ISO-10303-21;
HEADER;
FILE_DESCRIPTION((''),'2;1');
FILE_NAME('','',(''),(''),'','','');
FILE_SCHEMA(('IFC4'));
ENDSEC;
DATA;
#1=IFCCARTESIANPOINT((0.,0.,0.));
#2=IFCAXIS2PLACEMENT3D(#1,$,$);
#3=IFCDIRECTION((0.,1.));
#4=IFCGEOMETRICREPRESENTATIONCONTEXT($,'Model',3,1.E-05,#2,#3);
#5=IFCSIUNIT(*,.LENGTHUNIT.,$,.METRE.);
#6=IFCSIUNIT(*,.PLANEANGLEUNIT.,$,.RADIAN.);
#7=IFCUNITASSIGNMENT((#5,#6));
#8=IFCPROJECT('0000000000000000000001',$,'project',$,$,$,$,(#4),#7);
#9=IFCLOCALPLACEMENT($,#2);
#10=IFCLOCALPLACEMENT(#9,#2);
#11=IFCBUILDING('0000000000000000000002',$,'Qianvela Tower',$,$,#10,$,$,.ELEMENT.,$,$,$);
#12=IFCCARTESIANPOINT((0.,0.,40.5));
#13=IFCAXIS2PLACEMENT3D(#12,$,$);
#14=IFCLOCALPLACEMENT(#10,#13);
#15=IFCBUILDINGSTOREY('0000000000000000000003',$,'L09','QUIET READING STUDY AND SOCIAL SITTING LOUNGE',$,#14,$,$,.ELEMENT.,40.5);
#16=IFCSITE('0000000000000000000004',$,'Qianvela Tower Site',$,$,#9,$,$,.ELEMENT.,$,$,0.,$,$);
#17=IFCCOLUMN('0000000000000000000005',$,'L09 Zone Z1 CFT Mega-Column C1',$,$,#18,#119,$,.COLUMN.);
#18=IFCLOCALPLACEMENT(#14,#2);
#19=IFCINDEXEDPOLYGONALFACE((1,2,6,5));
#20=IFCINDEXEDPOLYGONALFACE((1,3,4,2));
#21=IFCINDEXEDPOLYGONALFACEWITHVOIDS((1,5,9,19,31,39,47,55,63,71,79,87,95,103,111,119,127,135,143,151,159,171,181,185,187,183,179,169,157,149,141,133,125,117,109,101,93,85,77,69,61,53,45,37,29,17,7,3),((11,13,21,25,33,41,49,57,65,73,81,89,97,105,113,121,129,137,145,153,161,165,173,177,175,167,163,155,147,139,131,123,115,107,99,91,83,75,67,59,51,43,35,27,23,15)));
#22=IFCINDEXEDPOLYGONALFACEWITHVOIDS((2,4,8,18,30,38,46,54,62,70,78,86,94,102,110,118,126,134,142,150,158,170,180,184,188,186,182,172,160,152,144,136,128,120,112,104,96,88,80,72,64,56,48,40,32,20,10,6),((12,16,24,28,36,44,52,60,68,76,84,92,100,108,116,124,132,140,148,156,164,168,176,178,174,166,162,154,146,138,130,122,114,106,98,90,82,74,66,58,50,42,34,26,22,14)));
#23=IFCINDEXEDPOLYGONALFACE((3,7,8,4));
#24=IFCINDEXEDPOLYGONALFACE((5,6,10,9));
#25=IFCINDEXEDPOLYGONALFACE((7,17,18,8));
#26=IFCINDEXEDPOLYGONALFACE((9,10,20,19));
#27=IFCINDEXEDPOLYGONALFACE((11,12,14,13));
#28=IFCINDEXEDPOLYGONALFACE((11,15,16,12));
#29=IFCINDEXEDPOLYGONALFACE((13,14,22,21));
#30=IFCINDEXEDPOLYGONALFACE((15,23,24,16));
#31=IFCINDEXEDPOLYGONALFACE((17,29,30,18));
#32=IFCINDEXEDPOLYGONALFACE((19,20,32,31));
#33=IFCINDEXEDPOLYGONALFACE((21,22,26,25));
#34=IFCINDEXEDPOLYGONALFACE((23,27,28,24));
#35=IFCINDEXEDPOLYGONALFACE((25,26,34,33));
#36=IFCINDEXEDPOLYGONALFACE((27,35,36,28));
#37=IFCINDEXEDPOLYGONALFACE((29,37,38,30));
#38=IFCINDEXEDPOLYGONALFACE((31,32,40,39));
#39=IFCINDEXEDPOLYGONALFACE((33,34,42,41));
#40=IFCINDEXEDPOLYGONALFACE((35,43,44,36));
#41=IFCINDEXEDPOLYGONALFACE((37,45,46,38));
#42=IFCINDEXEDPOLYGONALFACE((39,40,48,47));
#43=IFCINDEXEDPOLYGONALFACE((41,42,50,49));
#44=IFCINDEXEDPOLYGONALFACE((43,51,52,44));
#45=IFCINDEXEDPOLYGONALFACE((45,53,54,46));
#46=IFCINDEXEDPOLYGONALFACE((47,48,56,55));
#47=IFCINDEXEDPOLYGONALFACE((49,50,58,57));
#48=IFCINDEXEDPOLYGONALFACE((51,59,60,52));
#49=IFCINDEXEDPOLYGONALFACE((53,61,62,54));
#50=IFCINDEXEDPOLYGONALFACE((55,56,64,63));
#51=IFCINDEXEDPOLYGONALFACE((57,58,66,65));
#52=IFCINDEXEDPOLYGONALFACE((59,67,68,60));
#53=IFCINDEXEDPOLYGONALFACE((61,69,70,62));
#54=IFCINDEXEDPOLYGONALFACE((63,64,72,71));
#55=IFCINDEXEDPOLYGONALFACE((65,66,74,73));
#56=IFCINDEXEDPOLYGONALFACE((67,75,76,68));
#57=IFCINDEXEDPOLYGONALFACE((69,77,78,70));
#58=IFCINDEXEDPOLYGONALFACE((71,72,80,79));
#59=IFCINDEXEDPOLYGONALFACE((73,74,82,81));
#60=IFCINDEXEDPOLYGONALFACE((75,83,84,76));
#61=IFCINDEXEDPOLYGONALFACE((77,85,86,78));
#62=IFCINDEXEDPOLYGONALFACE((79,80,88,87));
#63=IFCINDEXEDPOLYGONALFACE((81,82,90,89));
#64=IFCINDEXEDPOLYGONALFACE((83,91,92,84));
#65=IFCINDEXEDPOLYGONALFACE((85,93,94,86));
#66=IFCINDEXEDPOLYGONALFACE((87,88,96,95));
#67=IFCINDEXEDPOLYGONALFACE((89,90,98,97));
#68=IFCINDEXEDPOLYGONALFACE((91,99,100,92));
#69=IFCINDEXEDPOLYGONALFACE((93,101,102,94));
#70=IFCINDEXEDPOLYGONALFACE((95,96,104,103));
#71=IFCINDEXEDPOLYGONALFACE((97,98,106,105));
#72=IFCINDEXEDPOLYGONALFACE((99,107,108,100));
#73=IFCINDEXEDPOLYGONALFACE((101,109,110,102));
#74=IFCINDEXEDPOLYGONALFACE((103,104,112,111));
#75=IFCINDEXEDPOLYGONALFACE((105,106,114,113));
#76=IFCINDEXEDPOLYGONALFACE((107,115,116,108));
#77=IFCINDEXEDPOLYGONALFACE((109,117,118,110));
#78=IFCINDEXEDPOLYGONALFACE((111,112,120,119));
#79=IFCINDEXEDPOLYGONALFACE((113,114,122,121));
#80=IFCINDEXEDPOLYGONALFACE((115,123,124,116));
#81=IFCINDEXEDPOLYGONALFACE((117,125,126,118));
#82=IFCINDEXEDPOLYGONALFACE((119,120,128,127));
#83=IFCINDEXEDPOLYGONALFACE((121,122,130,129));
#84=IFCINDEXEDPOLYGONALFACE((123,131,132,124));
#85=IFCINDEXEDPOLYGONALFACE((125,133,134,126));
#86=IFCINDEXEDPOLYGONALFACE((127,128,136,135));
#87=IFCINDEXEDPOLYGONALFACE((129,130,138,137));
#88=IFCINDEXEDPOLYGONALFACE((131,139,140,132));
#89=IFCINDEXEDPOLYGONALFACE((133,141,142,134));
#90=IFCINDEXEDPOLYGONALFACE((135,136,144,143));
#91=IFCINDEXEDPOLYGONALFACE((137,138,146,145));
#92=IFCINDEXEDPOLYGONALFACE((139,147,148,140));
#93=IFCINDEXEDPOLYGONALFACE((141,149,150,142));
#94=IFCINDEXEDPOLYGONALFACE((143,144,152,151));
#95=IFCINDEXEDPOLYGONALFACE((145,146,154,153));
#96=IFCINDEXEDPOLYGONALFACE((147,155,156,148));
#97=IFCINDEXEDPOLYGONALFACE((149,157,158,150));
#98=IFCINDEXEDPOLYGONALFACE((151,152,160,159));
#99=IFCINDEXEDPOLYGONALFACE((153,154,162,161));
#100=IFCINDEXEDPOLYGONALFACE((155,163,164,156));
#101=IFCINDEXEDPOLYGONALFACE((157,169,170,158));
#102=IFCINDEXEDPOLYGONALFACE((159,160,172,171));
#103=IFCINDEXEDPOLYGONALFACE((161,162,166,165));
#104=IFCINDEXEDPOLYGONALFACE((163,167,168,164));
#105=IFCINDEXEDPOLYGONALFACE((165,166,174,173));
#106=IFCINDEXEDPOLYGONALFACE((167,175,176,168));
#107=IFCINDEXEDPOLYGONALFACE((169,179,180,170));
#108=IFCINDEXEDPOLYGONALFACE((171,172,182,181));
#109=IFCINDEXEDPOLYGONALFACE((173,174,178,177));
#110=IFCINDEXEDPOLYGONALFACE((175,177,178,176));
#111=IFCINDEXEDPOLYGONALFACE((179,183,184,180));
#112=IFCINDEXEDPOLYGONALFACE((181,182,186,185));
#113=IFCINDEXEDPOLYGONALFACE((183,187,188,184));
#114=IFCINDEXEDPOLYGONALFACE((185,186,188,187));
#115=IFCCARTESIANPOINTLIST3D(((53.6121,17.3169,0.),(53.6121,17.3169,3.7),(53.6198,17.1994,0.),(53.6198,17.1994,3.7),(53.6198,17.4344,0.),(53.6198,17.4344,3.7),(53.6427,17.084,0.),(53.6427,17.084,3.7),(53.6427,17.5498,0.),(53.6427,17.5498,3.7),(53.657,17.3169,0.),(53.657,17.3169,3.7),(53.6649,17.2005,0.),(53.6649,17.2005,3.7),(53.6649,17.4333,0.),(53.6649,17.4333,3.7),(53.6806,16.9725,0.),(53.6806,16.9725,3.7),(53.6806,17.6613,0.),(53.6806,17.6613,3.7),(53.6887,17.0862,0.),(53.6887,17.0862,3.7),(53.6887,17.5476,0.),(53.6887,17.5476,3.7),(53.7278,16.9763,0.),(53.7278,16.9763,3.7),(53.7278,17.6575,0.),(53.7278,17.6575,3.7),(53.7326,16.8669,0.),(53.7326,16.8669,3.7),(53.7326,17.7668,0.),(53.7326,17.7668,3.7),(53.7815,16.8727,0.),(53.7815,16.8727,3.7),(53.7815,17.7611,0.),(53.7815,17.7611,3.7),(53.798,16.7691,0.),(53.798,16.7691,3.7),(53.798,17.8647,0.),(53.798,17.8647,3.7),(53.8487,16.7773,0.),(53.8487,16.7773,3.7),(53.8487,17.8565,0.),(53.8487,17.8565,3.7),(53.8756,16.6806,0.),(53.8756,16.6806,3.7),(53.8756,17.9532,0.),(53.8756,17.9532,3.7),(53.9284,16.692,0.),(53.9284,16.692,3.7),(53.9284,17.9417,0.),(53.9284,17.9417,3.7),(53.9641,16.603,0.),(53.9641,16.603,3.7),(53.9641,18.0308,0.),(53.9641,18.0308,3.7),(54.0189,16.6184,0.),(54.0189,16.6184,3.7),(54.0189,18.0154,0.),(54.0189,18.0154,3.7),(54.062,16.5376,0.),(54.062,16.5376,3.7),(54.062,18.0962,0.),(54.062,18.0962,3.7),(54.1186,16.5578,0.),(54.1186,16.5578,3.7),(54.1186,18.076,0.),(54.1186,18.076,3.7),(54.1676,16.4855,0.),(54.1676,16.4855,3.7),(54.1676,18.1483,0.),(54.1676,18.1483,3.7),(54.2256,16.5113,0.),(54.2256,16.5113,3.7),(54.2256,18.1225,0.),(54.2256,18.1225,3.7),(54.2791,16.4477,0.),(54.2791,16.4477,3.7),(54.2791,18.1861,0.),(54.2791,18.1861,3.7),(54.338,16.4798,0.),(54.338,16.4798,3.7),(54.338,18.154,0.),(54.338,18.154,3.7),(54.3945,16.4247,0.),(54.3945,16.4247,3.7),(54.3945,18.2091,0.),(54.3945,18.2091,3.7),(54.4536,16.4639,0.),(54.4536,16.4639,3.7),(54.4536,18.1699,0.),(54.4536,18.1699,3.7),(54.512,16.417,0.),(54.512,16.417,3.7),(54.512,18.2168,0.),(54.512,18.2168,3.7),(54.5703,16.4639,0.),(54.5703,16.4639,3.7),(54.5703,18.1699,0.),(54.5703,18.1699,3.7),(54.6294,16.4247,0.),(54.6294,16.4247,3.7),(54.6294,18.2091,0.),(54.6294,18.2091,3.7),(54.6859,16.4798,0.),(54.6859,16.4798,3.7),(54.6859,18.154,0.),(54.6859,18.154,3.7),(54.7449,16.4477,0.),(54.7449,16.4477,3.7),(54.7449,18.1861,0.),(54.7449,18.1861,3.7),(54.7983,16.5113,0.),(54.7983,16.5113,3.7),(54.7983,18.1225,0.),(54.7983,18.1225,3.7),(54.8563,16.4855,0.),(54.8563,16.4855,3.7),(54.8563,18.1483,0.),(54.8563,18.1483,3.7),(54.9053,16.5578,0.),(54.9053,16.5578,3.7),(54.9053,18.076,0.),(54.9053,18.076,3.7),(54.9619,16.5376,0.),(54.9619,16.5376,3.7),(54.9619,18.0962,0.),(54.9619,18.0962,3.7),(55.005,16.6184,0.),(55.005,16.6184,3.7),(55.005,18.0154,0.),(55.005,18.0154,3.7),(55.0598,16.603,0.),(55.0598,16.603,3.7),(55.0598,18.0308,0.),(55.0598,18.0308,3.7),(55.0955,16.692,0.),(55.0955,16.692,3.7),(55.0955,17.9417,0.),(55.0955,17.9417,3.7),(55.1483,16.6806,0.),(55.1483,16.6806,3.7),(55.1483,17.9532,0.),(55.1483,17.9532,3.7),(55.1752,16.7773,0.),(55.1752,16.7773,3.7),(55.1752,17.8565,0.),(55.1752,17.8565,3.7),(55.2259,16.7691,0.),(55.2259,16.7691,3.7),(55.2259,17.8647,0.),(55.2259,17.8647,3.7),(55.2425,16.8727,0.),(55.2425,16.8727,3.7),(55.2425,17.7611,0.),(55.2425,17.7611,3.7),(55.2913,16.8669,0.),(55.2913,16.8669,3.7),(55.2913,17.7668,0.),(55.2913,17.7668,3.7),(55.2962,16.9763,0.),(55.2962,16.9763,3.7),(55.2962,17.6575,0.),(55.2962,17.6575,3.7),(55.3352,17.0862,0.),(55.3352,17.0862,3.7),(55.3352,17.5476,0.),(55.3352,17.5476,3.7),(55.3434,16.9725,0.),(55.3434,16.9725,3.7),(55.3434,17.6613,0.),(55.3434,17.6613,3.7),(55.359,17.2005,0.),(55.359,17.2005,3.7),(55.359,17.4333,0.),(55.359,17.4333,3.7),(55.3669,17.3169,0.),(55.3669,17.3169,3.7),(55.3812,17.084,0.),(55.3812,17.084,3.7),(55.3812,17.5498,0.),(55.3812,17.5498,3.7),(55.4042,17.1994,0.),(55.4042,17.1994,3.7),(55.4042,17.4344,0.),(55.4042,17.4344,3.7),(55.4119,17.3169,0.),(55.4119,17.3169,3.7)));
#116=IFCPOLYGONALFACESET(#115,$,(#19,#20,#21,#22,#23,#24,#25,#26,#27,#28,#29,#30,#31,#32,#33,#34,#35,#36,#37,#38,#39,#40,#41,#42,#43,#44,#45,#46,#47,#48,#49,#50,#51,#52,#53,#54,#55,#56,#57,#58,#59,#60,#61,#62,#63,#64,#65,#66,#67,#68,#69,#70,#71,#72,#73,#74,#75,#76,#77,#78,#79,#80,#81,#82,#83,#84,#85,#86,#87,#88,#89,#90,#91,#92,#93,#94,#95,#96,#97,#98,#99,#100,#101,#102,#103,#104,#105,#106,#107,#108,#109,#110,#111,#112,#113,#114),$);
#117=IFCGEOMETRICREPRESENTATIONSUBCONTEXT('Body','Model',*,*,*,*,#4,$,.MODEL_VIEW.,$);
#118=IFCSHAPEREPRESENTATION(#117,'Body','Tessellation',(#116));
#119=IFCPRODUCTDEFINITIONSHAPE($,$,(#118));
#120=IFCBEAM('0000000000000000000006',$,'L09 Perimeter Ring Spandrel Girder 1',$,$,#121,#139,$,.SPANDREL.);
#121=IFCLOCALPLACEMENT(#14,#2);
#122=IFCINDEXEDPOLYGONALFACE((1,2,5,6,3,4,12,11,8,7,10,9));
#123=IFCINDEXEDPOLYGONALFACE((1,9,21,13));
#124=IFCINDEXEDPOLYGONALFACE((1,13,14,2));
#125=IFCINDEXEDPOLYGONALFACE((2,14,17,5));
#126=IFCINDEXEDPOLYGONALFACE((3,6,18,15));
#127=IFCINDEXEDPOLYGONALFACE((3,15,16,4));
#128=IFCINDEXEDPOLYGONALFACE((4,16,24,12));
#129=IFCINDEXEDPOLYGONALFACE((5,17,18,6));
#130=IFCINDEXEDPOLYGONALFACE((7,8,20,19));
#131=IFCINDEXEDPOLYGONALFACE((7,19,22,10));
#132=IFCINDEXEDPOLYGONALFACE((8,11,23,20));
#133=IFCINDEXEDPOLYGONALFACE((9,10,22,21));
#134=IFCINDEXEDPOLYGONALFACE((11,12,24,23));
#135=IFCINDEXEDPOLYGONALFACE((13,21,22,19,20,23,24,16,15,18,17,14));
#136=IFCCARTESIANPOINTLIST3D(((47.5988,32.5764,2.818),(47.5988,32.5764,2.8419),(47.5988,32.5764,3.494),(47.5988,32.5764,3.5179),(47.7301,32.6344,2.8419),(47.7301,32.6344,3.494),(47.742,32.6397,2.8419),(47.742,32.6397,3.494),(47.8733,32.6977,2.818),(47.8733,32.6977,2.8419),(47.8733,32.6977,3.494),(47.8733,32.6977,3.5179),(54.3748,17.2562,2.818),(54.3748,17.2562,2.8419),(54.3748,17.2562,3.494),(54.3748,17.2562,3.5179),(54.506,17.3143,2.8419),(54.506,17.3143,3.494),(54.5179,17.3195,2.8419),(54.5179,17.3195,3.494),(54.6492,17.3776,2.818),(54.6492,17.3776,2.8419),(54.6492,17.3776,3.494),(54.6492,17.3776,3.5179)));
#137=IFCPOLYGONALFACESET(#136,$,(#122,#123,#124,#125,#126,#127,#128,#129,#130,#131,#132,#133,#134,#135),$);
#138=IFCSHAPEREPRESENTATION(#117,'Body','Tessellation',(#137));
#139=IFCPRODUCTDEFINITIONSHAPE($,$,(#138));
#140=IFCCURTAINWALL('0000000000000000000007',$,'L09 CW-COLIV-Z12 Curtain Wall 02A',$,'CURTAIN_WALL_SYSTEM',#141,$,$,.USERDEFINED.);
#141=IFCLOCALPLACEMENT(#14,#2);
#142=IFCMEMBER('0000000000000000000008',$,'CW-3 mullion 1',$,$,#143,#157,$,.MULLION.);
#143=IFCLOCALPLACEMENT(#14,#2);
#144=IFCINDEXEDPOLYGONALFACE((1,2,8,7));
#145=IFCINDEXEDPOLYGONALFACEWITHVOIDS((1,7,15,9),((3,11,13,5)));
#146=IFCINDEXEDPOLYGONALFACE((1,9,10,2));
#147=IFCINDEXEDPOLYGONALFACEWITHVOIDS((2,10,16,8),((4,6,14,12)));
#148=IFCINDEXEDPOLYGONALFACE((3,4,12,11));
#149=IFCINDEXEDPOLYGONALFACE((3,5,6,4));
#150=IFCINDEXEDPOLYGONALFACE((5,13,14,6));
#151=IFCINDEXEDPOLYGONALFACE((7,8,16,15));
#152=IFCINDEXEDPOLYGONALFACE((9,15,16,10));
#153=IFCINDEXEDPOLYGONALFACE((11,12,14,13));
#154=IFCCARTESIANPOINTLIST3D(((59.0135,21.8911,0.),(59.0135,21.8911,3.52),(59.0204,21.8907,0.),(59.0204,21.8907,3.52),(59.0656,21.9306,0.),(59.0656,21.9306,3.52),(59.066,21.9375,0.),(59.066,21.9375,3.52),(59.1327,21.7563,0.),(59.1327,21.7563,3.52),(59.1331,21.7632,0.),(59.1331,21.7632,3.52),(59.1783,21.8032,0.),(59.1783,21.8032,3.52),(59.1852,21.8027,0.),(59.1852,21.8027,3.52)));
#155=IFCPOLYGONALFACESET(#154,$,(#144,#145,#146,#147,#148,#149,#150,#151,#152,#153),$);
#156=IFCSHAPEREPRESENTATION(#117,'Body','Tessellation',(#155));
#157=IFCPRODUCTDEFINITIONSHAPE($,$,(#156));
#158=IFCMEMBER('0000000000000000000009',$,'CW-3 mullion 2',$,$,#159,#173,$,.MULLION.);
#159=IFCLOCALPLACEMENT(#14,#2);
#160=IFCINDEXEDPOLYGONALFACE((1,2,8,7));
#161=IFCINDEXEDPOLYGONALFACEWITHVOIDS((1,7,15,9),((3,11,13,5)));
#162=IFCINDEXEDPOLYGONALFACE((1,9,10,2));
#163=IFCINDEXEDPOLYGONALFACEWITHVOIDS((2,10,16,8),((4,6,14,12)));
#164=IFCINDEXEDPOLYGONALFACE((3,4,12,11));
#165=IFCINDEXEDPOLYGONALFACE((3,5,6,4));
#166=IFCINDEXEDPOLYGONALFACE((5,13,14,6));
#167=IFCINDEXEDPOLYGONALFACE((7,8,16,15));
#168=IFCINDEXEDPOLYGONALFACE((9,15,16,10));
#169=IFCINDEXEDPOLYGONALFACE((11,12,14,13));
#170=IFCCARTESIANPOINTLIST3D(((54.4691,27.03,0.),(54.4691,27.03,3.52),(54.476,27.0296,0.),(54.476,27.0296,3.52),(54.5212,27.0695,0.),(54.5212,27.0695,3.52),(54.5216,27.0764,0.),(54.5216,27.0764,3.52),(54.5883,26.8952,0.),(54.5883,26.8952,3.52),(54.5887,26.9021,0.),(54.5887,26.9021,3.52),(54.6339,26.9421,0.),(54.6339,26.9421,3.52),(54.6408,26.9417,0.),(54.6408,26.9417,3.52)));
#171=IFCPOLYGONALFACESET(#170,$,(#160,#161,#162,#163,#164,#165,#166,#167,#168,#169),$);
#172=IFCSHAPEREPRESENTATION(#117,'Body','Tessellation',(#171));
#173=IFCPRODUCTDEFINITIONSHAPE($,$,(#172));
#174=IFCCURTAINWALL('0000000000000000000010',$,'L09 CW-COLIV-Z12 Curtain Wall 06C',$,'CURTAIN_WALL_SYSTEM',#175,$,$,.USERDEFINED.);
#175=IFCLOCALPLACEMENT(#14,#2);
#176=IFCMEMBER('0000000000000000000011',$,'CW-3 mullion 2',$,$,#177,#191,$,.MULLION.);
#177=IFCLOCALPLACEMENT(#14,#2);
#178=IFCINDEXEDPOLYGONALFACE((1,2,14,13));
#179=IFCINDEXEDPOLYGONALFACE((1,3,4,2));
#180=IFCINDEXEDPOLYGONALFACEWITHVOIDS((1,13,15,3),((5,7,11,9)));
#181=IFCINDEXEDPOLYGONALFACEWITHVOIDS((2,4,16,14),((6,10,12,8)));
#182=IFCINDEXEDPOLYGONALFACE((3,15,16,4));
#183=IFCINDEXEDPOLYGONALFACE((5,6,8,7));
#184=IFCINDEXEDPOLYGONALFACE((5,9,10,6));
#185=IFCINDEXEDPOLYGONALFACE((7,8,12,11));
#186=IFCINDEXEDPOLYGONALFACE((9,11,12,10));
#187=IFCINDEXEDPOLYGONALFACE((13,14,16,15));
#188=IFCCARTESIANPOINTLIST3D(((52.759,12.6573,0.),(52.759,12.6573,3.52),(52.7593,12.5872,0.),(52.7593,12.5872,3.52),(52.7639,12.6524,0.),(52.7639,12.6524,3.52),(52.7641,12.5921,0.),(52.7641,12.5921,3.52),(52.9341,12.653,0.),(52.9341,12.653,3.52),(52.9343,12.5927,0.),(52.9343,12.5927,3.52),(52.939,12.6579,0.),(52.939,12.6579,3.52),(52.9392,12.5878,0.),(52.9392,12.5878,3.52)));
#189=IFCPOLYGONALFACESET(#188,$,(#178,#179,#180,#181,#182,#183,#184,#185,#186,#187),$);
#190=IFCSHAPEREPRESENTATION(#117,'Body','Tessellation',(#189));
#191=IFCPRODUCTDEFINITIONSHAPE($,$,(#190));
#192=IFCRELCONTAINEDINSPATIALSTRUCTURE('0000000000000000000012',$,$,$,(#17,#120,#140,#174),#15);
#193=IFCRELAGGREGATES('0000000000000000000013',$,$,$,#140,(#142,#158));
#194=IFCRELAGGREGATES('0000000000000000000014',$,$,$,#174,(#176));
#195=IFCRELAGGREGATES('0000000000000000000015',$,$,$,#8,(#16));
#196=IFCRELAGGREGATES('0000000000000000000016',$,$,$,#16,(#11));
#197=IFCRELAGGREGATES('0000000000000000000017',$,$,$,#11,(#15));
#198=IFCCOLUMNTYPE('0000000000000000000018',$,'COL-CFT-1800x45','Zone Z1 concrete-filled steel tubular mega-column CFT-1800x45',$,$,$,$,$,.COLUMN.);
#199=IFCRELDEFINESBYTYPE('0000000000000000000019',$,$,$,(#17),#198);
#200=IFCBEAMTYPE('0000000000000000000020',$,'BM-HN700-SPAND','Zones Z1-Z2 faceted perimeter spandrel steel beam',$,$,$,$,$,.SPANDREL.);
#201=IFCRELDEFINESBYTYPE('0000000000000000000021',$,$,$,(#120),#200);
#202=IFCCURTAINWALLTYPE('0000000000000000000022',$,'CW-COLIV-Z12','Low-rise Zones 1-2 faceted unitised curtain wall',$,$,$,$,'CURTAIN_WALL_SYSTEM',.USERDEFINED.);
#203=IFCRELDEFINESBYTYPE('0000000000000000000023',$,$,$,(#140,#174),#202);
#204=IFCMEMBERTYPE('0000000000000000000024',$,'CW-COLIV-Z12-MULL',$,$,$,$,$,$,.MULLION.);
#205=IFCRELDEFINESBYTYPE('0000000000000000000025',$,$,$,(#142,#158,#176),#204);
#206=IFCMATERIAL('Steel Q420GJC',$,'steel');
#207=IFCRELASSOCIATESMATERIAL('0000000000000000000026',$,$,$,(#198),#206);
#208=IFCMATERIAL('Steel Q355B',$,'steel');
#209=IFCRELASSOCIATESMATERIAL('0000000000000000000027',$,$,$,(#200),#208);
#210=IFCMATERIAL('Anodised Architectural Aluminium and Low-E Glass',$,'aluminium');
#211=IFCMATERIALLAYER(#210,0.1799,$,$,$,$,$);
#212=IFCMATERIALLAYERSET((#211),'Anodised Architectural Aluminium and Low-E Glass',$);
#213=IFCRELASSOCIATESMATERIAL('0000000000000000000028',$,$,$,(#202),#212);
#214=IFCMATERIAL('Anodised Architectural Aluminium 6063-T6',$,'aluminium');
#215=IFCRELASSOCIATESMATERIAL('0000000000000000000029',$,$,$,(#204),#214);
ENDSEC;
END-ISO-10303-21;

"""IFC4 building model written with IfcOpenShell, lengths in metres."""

from ifc_helpers import new_model, si_unit, direction, frame, origin, origin_2d, place, context, subcontext, project, spatial, hollow_rectangle, hollow_circle, i_section, extrude, material, layer, layer_set, material_profile, profile_set, type_object, element, aggregate, save


model = new_model("IFC4")

# Units and contexts
model_context = context("Model", 3, precision=1e-05, world=origin(), true_north=direction((0.0, 1.0)))
body_context = subcontext(model_context, "Body", "Model", "MODEL_VIEW")
ifc_project = project(units=[si_unit("LENGTHUNIT", "METRE"), si_unit("PLANEANGLEUNIT", "RADIAN")], contexts=[model_context])

# Site, building, storey
site_placement = place(None, origin())
site = spatial("IfcSite", under=ifc_project, at=site_placement, Name="Qianvela Tower Site", CompositionType="ELEMENT", RefElevation=0.0)
building_placement = place(site_placement, origin())
building = spatial("IfcBuilding", under=site, at=building_placement, Name="Qianvela Tower", CompositionType="ELEMENT")
storey_placement = place(building_placement, frame((0.0, 0.0, 40.5)))
storey = spatial("IfcBuildingStorey", under=building, at=storey_placement, Name="L09", Description="QUIET READING STUDY AND SOCIAL SITTING LOUNGE", CompositionType="ELEMENT", Elevation=40.5)

# Column
ifc_material_1 = material(Name="Steel Q420GJC", Category="steel")
ifc_material_profile_1 = material_profile(ifc_material_1, hollow_circle(Radius=0.8999, WallThickness=0.0449, at=origin_2d()), Name="CFT-1800x45")
ifc_profile_set_1 = profile_set([ifc_material_profile_1], Name="Steel Q420GJC")
column_type = type_object("IfcColumnType", Name="COL-CFT-1800x45", Description="Zone Z1 concrete-filled steel tubular mega-column CFT-1800x45", PredefinedType="COLUMN", material=ifc_profile_set_1)
column_placement = place(storey_placement, frame((54.512, 17.3169, 0.0), z_axis=(0.0, 0.0, 1.0), x_axis=(1.0, 0.0, 0.0)))
element("IfcColumn", 1, at=column_placement, inside=storey, type_object=column_type, Name="L09 Zone Z1 CFT Mega-Column C1", PredefinedType="COLUMN", context=body_context, shape_type="SweptSolid", body=[
    extrude(hollow_circle(Radius=0.8999, WallThickness=0.0449, at=origin_2d()), origin(), (0.0, 0.0, 1.0), 3.7),
])

# Beam
ifc_material_2 = material(Name="Steel Q355B", Category="steel")
ifc_material_profile_2 = material_profile(ifc_material_2, i_section(OverallWidth=0.3, OverallDepth=0.7, WebThickness=0.0129, FlangeThickness=0.0239, at=origin_2d()), Name="HN700x300x13x24")
ifc_profile_set_2 = profile_set([ifc_material_profile_2], Name="Steel Q355B")
beam_type = type_object("IfcBeamType", Name="BM-HN700-SPAND", Description="Zones Z1-Z2 faceted perimeter spandrel steel beam", PredefinedType="SPANDREL", material=ifc_profile_set_2)
beam_placement = place(storey_placement, frame((54.512, 17.3169, 3.168), z_axis=(-0.404491, 0.914542, 0.0), x_axis=(-0.914542, -0.404491, 0.0)))
element("IfcBeam", 2, at=beam_placement, inside=storey, type_object=beam_type, Name="L09 Perimeter Ring Spandrel Girder 1", PredefinedType="SPANDREL", context=body_context, shape_type="SweptSolid", body=[
    extrude(i_section(OverallWidth=0.3, OverallDepth=0.7, WebThickness=0.0129, FlangeThickness=0.0239, at=origin_2d()), origin(), (0.0, 0.0, 1.0), 16.7517),
])

# Curtain wall, members
ifc_material_3 = material(Name="Anodised Architectural Aluminium and Low-E Glass", Category="aluminium")
ifc_layer_1 = layer(ifc_material_3, 0.1799)
ifc_layer_set_1 = layer_set([ifc_layer_1], Name="Anodised Architectural Aluminium and Low-E Glass")
curtain_wall_type = type_object("IfcCurtainWallType", Name="CW-COLIV-Z12", Description="Low-rise Zones 1-2 faceted unitised curtain wall", ElementType="CURTAIN_WALL_SYSTEM", PredefinedType="USERDEFINED", material=ifc_layer_set_1)
curtain_wall_1_placement = place(storey_placement, origin())
curtain_wall_1 = element("IfcCurtainWall", 3, at=curtain_wall_1_placement, inside=storey, type_object=curtain_wall_type, Name="L09 CW-COLIV-Z12 Curtain Wall 02A", ObjectType="CURTAIN_WALL_SYSTEM", PredefinedType="USERDEFINED")
ifc_material_4 = material(Name="Anodised Architectural Aluminium 6063-T6", Category="aluminium")
ifc_material_profile_3 = material_profile(ifc_material_4, hollow_rectangle(XDim=0.0701, YDim=0.1799, WallThickness=0.0049, at=origin_2d()), Name="ALU-MULL-70x180")
ifc_profile_set_3 = profile_set([ifc_material_profile_3], Name="Anodised Architectural Aluminium 6063-T6")
member_type_1 = type_object("IfcMemberType", Name="CW-COLIV-Z12-MULL", PredefinedType="MULLION", material=ifc_profile_set_3)
member_1_placement = place(storey_placement, frame((59.0994, 21.8469, 0.0), z_axis=(0.0, 0.0, 1.0), x_axis=(-0.749106, -0.66245, 0.0)))
member_1 = element("IfcMember", 4, at=member_1_placement, type_object=member_type_1, Name="CW-3 mullion 1", PredefinedType="MULLION", context=body_context, shape_type="SweptSolid", body=[
    extrude(hollow_rectangle(XDim=0.0701, YDim=0.1799, WallThickness=0.0049, at=origin_2d()), origin(), (0.0, 0.0, 1.0), 3.52),
])
member_2_placement = place(storey_placement, frame((54.5549, 26.9858, 0.0), z_axis=(0.0, 0.0, 1.0), x_axis=(-0.749106, -0.66245, 0.0)))
member_2 = element("IfcMember", 5, at=member_2_placement, type_object=member_type_1, Name="CW-3 mullion 2", PredefinedType="MULLION", context=body_context, shape_type="SweptSolid", body=[
    extrude(hollow_rectangle(XDim=0.0701, YDim=0.1799, WallThickness=0.0049, at=origin_2d()), origin(), (0.0, 0.0, 1.0), 3.52),
])

# Curtain wall, member
curtain_wall_2_placement = place(storey_placement, origin())
curtain_wall_2 = element("IfcCurtainWall", 6, at=curtain_wall_2_placement, inside=storey, type_object=curtain_wall_type, Name="L09 CW-COLIV-Z12 Curtain Wall 06C", ObjectType="CURTAIN_WALL_SYSTEM", PredefinedType="USERDEFINED")
member_3_placement = place(storey_placement, frame((52.8491, 12.6226, 0.0), z_axis=(0.0, 0.0, 1.0), x_axis=(-0.003362, 0.999994, 0.0)))
member_3 = element("IfcMember", 7, at=member_3_placement, type_object=member_type_1, Name="CW-3 mullion 2", PredefinedType="MULLION", context=body_context, shape_type="SweptSolid", body=[
    extrude(hollow_rectangle(XDim=0.0701, YDim=0.1799, WallThickness=0.0049, at=origin_2d()), origin(), (0.0, 0.0, 1.0), 3.52),
])

aggregate(curtain_wall_1, [member_1, member_2])
aggregate(curtain_wall_2, [member_3])

save(model, "model.ifc")
